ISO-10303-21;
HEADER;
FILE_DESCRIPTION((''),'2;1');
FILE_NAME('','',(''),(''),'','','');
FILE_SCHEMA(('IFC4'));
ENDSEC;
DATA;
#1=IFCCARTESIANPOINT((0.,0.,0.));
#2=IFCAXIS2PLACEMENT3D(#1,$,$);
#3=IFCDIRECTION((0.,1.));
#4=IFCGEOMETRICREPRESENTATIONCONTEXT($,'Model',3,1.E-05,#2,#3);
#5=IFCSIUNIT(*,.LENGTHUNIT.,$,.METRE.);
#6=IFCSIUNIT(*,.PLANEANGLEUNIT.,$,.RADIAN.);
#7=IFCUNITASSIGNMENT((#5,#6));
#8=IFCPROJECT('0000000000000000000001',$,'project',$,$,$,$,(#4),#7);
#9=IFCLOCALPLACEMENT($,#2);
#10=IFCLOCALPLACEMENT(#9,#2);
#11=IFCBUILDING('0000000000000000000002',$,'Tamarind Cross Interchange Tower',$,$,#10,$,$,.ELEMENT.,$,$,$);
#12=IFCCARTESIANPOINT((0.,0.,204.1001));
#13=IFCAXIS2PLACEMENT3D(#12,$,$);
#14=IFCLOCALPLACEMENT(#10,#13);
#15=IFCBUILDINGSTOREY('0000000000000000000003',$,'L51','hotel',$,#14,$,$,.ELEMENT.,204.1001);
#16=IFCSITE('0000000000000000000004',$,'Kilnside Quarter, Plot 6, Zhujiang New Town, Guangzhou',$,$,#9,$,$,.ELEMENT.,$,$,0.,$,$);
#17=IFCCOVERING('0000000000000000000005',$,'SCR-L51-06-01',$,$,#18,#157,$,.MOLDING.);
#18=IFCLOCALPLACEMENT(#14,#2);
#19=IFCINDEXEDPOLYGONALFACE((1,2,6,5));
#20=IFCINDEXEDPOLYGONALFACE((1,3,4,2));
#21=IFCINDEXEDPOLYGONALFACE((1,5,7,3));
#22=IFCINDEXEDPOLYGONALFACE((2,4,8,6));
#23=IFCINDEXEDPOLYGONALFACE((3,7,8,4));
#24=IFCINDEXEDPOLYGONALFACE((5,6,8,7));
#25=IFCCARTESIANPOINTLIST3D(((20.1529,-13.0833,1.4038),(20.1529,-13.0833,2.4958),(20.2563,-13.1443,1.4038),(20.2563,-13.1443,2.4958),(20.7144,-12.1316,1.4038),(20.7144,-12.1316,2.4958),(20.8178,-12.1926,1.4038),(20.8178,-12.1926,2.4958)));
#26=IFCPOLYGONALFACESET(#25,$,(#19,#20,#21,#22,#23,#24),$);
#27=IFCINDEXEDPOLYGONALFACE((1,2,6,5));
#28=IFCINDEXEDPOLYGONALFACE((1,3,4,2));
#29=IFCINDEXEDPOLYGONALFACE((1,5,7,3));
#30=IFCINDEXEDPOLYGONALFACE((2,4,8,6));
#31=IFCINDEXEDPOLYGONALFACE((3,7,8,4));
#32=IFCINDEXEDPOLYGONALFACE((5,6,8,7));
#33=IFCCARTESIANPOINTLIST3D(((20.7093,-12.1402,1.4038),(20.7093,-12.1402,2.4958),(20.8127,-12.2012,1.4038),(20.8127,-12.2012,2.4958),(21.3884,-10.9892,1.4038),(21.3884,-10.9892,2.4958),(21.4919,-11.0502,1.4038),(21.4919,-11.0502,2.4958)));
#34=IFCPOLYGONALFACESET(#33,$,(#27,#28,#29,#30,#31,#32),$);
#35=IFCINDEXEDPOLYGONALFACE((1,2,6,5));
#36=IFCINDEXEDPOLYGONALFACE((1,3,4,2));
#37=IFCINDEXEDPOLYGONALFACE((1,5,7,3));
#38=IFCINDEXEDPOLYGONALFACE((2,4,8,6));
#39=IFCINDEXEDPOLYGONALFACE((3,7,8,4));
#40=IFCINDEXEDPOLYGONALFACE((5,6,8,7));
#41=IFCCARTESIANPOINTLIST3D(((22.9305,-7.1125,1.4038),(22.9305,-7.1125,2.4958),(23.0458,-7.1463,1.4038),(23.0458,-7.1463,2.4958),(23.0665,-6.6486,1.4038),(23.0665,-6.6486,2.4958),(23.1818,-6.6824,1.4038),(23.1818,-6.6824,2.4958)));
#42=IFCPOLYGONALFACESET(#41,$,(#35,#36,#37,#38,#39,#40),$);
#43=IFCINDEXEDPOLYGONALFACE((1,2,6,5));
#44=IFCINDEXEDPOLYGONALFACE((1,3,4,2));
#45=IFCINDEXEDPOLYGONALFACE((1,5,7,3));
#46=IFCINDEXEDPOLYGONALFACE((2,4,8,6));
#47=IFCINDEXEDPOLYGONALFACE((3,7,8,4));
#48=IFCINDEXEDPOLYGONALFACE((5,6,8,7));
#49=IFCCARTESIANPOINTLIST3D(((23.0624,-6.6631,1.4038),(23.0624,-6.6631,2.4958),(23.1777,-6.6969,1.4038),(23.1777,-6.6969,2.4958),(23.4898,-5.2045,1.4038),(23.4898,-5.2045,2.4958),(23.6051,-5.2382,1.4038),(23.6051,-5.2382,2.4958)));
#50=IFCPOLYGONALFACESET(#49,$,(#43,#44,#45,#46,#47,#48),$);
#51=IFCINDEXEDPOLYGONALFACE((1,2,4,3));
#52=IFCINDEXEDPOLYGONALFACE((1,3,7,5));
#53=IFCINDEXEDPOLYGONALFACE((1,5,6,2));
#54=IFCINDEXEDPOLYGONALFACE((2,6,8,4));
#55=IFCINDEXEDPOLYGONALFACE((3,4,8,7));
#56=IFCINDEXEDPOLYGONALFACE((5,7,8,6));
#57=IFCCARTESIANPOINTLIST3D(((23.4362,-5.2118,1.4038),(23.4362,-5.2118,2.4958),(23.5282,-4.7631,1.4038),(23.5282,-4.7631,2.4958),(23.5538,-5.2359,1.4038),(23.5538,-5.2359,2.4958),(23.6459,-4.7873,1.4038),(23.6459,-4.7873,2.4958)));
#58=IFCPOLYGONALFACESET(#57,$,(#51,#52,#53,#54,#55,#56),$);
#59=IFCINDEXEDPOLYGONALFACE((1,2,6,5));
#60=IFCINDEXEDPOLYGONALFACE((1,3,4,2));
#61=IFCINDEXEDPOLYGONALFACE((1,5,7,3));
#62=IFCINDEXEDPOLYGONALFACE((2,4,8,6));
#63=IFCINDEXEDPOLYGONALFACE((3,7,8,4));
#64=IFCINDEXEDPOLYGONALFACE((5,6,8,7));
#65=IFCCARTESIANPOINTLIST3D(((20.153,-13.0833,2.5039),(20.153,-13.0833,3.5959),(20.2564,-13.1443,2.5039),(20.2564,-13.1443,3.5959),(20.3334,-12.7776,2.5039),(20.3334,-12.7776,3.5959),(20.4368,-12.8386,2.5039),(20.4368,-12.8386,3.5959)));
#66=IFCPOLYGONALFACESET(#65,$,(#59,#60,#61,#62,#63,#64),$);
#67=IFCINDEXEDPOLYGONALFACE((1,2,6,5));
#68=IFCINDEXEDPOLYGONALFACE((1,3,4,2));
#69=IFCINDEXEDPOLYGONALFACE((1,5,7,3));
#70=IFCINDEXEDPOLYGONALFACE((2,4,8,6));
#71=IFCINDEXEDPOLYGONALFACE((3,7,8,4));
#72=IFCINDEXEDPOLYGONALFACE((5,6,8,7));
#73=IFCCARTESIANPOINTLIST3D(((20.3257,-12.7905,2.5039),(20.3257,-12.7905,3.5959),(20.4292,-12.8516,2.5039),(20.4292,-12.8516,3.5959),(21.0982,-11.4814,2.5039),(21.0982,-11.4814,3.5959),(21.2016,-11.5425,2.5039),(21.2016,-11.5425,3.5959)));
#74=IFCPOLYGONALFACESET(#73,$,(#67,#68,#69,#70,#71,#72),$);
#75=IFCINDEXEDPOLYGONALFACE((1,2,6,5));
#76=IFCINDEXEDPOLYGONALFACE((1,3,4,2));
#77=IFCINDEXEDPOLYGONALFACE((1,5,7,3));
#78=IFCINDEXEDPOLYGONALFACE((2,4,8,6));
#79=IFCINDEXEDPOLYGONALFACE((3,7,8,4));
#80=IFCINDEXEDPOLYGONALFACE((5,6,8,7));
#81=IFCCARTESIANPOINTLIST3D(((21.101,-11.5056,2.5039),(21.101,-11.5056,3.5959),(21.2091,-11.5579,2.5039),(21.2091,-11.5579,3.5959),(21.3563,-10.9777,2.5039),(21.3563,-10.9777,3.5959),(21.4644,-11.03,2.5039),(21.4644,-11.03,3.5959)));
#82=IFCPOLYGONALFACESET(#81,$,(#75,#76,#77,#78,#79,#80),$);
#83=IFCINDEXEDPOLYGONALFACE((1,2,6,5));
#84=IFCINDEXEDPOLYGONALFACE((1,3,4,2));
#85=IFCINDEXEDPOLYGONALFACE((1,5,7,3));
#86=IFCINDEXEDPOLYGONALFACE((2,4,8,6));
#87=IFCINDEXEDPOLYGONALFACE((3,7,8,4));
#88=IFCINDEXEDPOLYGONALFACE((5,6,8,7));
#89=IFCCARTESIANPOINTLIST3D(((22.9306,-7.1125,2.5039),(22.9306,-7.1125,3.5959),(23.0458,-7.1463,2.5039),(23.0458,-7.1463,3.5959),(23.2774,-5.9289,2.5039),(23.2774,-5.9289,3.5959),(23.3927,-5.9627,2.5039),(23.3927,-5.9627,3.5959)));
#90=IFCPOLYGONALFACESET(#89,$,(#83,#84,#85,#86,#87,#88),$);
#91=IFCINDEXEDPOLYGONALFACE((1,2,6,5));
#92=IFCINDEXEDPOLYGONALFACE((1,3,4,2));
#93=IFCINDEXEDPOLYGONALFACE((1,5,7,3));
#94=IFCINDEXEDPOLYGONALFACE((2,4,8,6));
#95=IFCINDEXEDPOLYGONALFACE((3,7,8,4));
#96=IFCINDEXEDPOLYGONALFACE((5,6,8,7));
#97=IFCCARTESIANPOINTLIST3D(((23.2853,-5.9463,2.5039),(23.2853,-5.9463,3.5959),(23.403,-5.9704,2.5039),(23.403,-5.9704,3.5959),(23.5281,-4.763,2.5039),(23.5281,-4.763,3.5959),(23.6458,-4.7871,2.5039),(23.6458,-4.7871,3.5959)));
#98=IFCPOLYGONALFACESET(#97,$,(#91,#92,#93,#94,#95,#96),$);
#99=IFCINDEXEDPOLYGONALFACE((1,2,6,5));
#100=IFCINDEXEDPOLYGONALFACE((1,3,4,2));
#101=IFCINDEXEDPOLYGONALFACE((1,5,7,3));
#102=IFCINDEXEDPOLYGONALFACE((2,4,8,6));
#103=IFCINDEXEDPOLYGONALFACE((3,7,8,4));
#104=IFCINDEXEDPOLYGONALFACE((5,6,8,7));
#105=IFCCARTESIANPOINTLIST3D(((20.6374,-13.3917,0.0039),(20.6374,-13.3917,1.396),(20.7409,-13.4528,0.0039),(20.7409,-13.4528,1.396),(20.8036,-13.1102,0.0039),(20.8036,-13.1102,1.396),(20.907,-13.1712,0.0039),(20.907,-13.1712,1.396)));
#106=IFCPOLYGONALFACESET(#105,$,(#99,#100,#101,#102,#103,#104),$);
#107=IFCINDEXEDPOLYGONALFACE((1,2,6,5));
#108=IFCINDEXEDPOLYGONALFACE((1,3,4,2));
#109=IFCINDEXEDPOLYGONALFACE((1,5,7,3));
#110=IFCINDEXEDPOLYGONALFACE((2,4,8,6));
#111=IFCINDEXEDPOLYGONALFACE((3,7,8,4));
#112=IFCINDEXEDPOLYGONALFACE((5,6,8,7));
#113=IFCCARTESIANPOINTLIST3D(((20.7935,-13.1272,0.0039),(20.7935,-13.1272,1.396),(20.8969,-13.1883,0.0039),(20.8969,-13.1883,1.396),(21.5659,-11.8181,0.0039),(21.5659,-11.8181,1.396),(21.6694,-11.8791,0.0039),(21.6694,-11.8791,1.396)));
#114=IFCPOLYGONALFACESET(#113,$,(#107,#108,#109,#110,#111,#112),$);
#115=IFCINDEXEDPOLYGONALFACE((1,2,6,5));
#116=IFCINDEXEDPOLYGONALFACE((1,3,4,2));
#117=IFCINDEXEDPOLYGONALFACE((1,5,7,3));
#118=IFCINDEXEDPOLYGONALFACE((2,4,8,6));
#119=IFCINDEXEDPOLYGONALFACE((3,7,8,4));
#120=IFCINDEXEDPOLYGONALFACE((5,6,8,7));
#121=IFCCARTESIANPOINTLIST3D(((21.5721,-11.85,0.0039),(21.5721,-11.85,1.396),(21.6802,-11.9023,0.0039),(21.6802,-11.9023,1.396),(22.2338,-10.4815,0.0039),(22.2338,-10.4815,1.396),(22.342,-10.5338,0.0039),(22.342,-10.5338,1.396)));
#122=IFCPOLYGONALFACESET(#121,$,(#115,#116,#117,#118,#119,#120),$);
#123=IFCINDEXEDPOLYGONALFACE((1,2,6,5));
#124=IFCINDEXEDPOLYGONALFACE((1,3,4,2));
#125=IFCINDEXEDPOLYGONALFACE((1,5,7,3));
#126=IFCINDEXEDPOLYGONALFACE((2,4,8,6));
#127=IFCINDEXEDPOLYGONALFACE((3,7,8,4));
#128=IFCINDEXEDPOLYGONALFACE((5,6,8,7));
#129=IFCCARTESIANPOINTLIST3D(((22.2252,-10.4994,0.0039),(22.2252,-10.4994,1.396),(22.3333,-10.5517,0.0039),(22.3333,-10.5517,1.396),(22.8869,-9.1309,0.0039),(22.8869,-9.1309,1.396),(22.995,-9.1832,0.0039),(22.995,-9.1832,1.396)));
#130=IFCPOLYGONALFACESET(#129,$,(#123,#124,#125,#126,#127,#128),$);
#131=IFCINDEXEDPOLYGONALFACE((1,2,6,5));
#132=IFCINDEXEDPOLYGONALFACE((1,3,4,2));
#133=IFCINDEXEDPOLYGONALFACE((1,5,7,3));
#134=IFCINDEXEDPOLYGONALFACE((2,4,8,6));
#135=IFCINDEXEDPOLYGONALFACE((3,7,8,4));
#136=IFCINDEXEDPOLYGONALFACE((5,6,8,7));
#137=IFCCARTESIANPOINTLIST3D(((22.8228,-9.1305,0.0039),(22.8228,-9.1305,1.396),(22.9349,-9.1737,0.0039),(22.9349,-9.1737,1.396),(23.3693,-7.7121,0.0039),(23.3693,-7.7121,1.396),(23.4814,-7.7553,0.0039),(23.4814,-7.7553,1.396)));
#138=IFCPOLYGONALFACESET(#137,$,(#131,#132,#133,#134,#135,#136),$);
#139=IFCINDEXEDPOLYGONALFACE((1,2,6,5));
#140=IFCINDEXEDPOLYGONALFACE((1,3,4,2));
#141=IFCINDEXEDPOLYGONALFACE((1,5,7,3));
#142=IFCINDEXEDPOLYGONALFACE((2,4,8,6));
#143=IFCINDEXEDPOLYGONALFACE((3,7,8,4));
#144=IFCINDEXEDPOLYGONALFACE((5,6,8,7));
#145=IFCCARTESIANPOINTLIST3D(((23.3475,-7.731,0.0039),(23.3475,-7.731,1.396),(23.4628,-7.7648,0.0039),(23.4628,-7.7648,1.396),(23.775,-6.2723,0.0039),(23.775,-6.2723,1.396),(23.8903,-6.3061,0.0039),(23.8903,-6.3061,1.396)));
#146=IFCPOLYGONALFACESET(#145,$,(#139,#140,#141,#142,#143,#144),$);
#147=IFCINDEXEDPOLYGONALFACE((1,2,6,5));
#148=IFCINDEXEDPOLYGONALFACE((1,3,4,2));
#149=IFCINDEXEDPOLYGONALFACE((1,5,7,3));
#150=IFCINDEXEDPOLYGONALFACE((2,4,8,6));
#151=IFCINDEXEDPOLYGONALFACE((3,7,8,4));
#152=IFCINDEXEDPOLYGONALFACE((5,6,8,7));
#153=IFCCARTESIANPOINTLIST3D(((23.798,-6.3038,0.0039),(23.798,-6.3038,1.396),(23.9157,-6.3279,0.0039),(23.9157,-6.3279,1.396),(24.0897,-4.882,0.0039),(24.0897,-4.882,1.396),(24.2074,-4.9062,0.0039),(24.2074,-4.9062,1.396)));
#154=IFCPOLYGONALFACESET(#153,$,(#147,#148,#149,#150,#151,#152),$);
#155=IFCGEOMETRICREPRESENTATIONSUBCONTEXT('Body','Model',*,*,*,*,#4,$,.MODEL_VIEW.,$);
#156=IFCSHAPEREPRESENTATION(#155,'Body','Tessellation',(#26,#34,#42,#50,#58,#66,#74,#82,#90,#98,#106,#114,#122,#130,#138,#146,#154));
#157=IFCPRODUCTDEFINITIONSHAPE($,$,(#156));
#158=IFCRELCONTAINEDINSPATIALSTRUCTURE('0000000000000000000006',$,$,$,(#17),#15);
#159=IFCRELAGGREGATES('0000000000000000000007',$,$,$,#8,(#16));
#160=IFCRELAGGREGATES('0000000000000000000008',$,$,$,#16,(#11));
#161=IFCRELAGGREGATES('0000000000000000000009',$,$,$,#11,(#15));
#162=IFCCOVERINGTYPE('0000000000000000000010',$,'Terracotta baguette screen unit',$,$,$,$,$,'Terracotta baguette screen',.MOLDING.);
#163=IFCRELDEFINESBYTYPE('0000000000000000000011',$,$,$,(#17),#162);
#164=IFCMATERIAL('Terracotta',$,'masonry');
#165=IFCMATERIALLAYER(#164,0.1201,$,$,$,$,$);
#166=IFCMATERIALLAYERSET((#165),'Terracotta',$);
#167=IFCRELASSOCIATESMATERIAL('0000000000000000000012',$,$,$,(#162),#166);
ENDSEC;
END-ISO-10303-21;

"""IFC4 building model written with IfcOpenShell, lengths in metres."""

from ifc_helpers import new_model, si_unit, direction, frame, origin, origin_2d, place, context, subcontext, project, spatial, rectangle, extrude, material, layer, layer_set, type_object, element, save


model = new_model("IFC4")

# Units and contexts
model_context = context("Model", 3, precision=1e-05, world=origin(), true_north=direction((0.0, 1.0)))
body_context = subcontext(model_context, "Body", "Model", "MODEL_VIEW")
ifc_project = project(units=[si_unit("LENGTHUNIT", "METRE"), si_unit("PLANEANGLEUNIT", "RADIAN")], contexts=[model_context])

# Site, building, storey
site_placement = place(None, origin())
site = spatial("IfcSite", under=ifc_project, at=site_placement, Name="Kilnside Quarter, Plot 6, Zhujiang New Town, Guangzhou", CompositionType="ELEMENT", RefElevation=0.0)
building_placement = place(site_placement, origin())
building = spatial("IfcBuilding", under=site, at=building_placement, Name="Tamarind Cross Interchange Tower", CompositionType="ELEMENT")
storey_placement = place(building_placement, frame((0.0, 0.0, 204.1001)))
storey = spatial("IfcBuildingStorey", under=building, at=storey_placement, Name="L51", Description="hotel", CompositionType="ELEMENT", Elevation=204.1001)

# Covering
ifc_material_1 = material(Name="Terracotta", Category="masonry")
ifc_layer_1 = layer(ifc_material_1, 0.1201)
ifc_layer_set_1 = layer_set([ifc_layer_1], Name="Terracotta")
covering_type = type_object("IfcCoveringType", Name="Terracotta baguette screen unit", ElementType="Terracotta baguette screen", PredefinedType="MOLDING", material=ifc_layer_set_1)
covering_1_placement = place(storey_placement, origin())
element("IfcCovering", 1, at=covering_1_placement, inside=storey, type_object=covering_type, Name="SCR-L51-06-01", PredefinedType="MOLDING", context=body_context, shape_type="SweptSolid", body=[
    extrude(rectangle(XDim=1.105, YDim=0.1201, at=origin_2d()), frame((20.4854, -12.6379, 1.4038), z_axis=(0.0, 0.0, 1.0), x_axis=(0.508183, 0.861249, 0.0)), (0.0, 0.0, 1.0), 1.092),
    extrude(rectangle(XDim=1.3364, YDim=0.1201, at=origin_2d()), frame((21.1006, -11.5952, 1.4038), z_axis=(0.0, 0.0, 1.0), x_axis=(0.508183, 0.861249, 0.0)), (0.0, 0.0, 1.0), 1.092),
    extrude(rectangle(XDim=0.4834, YDim=0.1201, at=origin_2d()), frame((23.0562, -6.8975, 1.4038), z_axis=(0.0, 0.0, 1.0), x_axis=(0.281209, 0.959647, 0.0)), (0.0, 0.0, 1.0), 1.092),
    extrude(rectangle(XDim=1.52, YDim=0.1201, at=origin_2d()), frame((23.3337, -5.9507, 1.4038), z_axis=(0.0, 0.0, 1.0), x_axis=(0.281209, 0.959647, 0.0)), (0.0, 0.0, 1.0), 1.092),
    extrude(rectangle(XDim=0.458, YDim=0.1201, at=origin_2d()), frame((23.541, -4.9995, 1.4038), z_axis=(0.0, 0.0, 1.0), x_axis=(0.201001, 0.979591, 0.0)), (0.0, 0.0, 1.0), 1.092),
    extrude(rectangle(XDim=0.355, YDim=0.1201, at=origin_2d()), frame((20.2949, -12.9609, 2.5039), z_axis=(0.0, 0.0, 1.0), x_axis=(0.508183, 0.861249, 0.0)), (0.0, 0.0, 1.0), 1.092),
    extrude(rectangle(XDim=1.52, YDim=0.1201, at=origin_2d()), frame((20.7637, -12.1665, 2.5039), z_axis=(0.0, 0.0, 1.0), x_axis=(0.508183, 0.861249, 0.0)), (0.0, 0.0, 1.0), 1.092),
    extrude(rectangle(XDim=0.5864, YDim=0.1201, at=origin_2d()), frame((21.2827, -11.2678, 2.5039), z_axis=(0.0, 0.0, 1.0), x_axis=(0.435326, 0.900273, 0.0)), (0.0, 0.0, 1.0), 1.092),
    extrude(rectangle(XDim=1.2334, YDim=0.1201, at=origin_2d()), frame((23.1616, -6.5376, 2.5039), z_axis=(0.0, 0.0, 1.0), x_axis=(0.281209, 0.959647, 0.0)), (0.0, 0.0, 1.0), 1.092),
    extrude(rectangle(XDim=1.208, YDim=0.1201, at=origin_2d()), frame((23.4656, -5.3667, 2.5039), z_axis=(0.0, 0.0, 1.0), x_axis=(0.201001, 0.979591, 0.0)), (0.0, 0.0, 1.0), 1.092),
    extrude(rectangle(XDim=0.3269, YDim=0.1201, at=origin_2d()), frame((20.7722, -13.2815, 0.0039), z_axis=(0.0, 0.0, 1.0), x_axis=(0.508183, 0.861249, 0.0)), (0.0, 0.0, 1.0), 1.3921),
    extrude(rectangle(XDim=1.52, YDim=0.1201, at=origin_2d()), frame((21.2314, -12.5032, 0.0039), z_axis=(0.0, 0.0, 1.0), x_axis=(0.508183, 0.861249, 0.0)), (0.0, 0.0, 1.0), 1.3921),
    extrude(rectangle(XDim=1.52, YDim=0.1201, at=origin_2d()), frame((21.957, -11.1919, 0.0039), z_axis=(0.0, 0.0, 1.0), x_axis=(0.435326, 0.900273, 0.0)), (0.0, 0.0, 1.0), 1.3921),
    extrude(rectangle(XDim=1.52, YDim=0.1201, at=origin_2d()), frame((22.6101, -9.8413, 0.0039), z_axis=(0.0, 0.0, 1.0), x_axis=(0.435326, 0.900273, 0.0)), (0.0, 0.0, 1.0), 1.3921),
    extrude(rectangle(XDim=1.52, YDim=0.1201, at=origin_2d()), frame((23.1521, -8.4429, 0.0039), z_axis=(0.0, 0.0, 1.0), x_axis=(0.359495, 0.933147, 0.0)), (0.0, 0.0, 1.0), 1.3921),
    extrude(rectangle(XDim=1.52, YDim=0.1201, at=origin_2d()), frame((23.6189, -7.0186, 0.0039), z_axis=(0.0, 0.0, 1.0), x_axis=(0.281209, 0.959647, 0.0)), (0.0, 0.0, 1.0), 1.3921),
    extrude(rectangle(XDim=1.4514, YDim=0.1201, at=origin_2d()), frame((24.0027, -5.605, 0.0039), z_axis=(0.0, 0.0, 1.0), x_axis=(0.201001, 0.979591, 0.0)), (0.0, 0.0, 1.0), 1.3921),
])

save(model, "model.ifc")
